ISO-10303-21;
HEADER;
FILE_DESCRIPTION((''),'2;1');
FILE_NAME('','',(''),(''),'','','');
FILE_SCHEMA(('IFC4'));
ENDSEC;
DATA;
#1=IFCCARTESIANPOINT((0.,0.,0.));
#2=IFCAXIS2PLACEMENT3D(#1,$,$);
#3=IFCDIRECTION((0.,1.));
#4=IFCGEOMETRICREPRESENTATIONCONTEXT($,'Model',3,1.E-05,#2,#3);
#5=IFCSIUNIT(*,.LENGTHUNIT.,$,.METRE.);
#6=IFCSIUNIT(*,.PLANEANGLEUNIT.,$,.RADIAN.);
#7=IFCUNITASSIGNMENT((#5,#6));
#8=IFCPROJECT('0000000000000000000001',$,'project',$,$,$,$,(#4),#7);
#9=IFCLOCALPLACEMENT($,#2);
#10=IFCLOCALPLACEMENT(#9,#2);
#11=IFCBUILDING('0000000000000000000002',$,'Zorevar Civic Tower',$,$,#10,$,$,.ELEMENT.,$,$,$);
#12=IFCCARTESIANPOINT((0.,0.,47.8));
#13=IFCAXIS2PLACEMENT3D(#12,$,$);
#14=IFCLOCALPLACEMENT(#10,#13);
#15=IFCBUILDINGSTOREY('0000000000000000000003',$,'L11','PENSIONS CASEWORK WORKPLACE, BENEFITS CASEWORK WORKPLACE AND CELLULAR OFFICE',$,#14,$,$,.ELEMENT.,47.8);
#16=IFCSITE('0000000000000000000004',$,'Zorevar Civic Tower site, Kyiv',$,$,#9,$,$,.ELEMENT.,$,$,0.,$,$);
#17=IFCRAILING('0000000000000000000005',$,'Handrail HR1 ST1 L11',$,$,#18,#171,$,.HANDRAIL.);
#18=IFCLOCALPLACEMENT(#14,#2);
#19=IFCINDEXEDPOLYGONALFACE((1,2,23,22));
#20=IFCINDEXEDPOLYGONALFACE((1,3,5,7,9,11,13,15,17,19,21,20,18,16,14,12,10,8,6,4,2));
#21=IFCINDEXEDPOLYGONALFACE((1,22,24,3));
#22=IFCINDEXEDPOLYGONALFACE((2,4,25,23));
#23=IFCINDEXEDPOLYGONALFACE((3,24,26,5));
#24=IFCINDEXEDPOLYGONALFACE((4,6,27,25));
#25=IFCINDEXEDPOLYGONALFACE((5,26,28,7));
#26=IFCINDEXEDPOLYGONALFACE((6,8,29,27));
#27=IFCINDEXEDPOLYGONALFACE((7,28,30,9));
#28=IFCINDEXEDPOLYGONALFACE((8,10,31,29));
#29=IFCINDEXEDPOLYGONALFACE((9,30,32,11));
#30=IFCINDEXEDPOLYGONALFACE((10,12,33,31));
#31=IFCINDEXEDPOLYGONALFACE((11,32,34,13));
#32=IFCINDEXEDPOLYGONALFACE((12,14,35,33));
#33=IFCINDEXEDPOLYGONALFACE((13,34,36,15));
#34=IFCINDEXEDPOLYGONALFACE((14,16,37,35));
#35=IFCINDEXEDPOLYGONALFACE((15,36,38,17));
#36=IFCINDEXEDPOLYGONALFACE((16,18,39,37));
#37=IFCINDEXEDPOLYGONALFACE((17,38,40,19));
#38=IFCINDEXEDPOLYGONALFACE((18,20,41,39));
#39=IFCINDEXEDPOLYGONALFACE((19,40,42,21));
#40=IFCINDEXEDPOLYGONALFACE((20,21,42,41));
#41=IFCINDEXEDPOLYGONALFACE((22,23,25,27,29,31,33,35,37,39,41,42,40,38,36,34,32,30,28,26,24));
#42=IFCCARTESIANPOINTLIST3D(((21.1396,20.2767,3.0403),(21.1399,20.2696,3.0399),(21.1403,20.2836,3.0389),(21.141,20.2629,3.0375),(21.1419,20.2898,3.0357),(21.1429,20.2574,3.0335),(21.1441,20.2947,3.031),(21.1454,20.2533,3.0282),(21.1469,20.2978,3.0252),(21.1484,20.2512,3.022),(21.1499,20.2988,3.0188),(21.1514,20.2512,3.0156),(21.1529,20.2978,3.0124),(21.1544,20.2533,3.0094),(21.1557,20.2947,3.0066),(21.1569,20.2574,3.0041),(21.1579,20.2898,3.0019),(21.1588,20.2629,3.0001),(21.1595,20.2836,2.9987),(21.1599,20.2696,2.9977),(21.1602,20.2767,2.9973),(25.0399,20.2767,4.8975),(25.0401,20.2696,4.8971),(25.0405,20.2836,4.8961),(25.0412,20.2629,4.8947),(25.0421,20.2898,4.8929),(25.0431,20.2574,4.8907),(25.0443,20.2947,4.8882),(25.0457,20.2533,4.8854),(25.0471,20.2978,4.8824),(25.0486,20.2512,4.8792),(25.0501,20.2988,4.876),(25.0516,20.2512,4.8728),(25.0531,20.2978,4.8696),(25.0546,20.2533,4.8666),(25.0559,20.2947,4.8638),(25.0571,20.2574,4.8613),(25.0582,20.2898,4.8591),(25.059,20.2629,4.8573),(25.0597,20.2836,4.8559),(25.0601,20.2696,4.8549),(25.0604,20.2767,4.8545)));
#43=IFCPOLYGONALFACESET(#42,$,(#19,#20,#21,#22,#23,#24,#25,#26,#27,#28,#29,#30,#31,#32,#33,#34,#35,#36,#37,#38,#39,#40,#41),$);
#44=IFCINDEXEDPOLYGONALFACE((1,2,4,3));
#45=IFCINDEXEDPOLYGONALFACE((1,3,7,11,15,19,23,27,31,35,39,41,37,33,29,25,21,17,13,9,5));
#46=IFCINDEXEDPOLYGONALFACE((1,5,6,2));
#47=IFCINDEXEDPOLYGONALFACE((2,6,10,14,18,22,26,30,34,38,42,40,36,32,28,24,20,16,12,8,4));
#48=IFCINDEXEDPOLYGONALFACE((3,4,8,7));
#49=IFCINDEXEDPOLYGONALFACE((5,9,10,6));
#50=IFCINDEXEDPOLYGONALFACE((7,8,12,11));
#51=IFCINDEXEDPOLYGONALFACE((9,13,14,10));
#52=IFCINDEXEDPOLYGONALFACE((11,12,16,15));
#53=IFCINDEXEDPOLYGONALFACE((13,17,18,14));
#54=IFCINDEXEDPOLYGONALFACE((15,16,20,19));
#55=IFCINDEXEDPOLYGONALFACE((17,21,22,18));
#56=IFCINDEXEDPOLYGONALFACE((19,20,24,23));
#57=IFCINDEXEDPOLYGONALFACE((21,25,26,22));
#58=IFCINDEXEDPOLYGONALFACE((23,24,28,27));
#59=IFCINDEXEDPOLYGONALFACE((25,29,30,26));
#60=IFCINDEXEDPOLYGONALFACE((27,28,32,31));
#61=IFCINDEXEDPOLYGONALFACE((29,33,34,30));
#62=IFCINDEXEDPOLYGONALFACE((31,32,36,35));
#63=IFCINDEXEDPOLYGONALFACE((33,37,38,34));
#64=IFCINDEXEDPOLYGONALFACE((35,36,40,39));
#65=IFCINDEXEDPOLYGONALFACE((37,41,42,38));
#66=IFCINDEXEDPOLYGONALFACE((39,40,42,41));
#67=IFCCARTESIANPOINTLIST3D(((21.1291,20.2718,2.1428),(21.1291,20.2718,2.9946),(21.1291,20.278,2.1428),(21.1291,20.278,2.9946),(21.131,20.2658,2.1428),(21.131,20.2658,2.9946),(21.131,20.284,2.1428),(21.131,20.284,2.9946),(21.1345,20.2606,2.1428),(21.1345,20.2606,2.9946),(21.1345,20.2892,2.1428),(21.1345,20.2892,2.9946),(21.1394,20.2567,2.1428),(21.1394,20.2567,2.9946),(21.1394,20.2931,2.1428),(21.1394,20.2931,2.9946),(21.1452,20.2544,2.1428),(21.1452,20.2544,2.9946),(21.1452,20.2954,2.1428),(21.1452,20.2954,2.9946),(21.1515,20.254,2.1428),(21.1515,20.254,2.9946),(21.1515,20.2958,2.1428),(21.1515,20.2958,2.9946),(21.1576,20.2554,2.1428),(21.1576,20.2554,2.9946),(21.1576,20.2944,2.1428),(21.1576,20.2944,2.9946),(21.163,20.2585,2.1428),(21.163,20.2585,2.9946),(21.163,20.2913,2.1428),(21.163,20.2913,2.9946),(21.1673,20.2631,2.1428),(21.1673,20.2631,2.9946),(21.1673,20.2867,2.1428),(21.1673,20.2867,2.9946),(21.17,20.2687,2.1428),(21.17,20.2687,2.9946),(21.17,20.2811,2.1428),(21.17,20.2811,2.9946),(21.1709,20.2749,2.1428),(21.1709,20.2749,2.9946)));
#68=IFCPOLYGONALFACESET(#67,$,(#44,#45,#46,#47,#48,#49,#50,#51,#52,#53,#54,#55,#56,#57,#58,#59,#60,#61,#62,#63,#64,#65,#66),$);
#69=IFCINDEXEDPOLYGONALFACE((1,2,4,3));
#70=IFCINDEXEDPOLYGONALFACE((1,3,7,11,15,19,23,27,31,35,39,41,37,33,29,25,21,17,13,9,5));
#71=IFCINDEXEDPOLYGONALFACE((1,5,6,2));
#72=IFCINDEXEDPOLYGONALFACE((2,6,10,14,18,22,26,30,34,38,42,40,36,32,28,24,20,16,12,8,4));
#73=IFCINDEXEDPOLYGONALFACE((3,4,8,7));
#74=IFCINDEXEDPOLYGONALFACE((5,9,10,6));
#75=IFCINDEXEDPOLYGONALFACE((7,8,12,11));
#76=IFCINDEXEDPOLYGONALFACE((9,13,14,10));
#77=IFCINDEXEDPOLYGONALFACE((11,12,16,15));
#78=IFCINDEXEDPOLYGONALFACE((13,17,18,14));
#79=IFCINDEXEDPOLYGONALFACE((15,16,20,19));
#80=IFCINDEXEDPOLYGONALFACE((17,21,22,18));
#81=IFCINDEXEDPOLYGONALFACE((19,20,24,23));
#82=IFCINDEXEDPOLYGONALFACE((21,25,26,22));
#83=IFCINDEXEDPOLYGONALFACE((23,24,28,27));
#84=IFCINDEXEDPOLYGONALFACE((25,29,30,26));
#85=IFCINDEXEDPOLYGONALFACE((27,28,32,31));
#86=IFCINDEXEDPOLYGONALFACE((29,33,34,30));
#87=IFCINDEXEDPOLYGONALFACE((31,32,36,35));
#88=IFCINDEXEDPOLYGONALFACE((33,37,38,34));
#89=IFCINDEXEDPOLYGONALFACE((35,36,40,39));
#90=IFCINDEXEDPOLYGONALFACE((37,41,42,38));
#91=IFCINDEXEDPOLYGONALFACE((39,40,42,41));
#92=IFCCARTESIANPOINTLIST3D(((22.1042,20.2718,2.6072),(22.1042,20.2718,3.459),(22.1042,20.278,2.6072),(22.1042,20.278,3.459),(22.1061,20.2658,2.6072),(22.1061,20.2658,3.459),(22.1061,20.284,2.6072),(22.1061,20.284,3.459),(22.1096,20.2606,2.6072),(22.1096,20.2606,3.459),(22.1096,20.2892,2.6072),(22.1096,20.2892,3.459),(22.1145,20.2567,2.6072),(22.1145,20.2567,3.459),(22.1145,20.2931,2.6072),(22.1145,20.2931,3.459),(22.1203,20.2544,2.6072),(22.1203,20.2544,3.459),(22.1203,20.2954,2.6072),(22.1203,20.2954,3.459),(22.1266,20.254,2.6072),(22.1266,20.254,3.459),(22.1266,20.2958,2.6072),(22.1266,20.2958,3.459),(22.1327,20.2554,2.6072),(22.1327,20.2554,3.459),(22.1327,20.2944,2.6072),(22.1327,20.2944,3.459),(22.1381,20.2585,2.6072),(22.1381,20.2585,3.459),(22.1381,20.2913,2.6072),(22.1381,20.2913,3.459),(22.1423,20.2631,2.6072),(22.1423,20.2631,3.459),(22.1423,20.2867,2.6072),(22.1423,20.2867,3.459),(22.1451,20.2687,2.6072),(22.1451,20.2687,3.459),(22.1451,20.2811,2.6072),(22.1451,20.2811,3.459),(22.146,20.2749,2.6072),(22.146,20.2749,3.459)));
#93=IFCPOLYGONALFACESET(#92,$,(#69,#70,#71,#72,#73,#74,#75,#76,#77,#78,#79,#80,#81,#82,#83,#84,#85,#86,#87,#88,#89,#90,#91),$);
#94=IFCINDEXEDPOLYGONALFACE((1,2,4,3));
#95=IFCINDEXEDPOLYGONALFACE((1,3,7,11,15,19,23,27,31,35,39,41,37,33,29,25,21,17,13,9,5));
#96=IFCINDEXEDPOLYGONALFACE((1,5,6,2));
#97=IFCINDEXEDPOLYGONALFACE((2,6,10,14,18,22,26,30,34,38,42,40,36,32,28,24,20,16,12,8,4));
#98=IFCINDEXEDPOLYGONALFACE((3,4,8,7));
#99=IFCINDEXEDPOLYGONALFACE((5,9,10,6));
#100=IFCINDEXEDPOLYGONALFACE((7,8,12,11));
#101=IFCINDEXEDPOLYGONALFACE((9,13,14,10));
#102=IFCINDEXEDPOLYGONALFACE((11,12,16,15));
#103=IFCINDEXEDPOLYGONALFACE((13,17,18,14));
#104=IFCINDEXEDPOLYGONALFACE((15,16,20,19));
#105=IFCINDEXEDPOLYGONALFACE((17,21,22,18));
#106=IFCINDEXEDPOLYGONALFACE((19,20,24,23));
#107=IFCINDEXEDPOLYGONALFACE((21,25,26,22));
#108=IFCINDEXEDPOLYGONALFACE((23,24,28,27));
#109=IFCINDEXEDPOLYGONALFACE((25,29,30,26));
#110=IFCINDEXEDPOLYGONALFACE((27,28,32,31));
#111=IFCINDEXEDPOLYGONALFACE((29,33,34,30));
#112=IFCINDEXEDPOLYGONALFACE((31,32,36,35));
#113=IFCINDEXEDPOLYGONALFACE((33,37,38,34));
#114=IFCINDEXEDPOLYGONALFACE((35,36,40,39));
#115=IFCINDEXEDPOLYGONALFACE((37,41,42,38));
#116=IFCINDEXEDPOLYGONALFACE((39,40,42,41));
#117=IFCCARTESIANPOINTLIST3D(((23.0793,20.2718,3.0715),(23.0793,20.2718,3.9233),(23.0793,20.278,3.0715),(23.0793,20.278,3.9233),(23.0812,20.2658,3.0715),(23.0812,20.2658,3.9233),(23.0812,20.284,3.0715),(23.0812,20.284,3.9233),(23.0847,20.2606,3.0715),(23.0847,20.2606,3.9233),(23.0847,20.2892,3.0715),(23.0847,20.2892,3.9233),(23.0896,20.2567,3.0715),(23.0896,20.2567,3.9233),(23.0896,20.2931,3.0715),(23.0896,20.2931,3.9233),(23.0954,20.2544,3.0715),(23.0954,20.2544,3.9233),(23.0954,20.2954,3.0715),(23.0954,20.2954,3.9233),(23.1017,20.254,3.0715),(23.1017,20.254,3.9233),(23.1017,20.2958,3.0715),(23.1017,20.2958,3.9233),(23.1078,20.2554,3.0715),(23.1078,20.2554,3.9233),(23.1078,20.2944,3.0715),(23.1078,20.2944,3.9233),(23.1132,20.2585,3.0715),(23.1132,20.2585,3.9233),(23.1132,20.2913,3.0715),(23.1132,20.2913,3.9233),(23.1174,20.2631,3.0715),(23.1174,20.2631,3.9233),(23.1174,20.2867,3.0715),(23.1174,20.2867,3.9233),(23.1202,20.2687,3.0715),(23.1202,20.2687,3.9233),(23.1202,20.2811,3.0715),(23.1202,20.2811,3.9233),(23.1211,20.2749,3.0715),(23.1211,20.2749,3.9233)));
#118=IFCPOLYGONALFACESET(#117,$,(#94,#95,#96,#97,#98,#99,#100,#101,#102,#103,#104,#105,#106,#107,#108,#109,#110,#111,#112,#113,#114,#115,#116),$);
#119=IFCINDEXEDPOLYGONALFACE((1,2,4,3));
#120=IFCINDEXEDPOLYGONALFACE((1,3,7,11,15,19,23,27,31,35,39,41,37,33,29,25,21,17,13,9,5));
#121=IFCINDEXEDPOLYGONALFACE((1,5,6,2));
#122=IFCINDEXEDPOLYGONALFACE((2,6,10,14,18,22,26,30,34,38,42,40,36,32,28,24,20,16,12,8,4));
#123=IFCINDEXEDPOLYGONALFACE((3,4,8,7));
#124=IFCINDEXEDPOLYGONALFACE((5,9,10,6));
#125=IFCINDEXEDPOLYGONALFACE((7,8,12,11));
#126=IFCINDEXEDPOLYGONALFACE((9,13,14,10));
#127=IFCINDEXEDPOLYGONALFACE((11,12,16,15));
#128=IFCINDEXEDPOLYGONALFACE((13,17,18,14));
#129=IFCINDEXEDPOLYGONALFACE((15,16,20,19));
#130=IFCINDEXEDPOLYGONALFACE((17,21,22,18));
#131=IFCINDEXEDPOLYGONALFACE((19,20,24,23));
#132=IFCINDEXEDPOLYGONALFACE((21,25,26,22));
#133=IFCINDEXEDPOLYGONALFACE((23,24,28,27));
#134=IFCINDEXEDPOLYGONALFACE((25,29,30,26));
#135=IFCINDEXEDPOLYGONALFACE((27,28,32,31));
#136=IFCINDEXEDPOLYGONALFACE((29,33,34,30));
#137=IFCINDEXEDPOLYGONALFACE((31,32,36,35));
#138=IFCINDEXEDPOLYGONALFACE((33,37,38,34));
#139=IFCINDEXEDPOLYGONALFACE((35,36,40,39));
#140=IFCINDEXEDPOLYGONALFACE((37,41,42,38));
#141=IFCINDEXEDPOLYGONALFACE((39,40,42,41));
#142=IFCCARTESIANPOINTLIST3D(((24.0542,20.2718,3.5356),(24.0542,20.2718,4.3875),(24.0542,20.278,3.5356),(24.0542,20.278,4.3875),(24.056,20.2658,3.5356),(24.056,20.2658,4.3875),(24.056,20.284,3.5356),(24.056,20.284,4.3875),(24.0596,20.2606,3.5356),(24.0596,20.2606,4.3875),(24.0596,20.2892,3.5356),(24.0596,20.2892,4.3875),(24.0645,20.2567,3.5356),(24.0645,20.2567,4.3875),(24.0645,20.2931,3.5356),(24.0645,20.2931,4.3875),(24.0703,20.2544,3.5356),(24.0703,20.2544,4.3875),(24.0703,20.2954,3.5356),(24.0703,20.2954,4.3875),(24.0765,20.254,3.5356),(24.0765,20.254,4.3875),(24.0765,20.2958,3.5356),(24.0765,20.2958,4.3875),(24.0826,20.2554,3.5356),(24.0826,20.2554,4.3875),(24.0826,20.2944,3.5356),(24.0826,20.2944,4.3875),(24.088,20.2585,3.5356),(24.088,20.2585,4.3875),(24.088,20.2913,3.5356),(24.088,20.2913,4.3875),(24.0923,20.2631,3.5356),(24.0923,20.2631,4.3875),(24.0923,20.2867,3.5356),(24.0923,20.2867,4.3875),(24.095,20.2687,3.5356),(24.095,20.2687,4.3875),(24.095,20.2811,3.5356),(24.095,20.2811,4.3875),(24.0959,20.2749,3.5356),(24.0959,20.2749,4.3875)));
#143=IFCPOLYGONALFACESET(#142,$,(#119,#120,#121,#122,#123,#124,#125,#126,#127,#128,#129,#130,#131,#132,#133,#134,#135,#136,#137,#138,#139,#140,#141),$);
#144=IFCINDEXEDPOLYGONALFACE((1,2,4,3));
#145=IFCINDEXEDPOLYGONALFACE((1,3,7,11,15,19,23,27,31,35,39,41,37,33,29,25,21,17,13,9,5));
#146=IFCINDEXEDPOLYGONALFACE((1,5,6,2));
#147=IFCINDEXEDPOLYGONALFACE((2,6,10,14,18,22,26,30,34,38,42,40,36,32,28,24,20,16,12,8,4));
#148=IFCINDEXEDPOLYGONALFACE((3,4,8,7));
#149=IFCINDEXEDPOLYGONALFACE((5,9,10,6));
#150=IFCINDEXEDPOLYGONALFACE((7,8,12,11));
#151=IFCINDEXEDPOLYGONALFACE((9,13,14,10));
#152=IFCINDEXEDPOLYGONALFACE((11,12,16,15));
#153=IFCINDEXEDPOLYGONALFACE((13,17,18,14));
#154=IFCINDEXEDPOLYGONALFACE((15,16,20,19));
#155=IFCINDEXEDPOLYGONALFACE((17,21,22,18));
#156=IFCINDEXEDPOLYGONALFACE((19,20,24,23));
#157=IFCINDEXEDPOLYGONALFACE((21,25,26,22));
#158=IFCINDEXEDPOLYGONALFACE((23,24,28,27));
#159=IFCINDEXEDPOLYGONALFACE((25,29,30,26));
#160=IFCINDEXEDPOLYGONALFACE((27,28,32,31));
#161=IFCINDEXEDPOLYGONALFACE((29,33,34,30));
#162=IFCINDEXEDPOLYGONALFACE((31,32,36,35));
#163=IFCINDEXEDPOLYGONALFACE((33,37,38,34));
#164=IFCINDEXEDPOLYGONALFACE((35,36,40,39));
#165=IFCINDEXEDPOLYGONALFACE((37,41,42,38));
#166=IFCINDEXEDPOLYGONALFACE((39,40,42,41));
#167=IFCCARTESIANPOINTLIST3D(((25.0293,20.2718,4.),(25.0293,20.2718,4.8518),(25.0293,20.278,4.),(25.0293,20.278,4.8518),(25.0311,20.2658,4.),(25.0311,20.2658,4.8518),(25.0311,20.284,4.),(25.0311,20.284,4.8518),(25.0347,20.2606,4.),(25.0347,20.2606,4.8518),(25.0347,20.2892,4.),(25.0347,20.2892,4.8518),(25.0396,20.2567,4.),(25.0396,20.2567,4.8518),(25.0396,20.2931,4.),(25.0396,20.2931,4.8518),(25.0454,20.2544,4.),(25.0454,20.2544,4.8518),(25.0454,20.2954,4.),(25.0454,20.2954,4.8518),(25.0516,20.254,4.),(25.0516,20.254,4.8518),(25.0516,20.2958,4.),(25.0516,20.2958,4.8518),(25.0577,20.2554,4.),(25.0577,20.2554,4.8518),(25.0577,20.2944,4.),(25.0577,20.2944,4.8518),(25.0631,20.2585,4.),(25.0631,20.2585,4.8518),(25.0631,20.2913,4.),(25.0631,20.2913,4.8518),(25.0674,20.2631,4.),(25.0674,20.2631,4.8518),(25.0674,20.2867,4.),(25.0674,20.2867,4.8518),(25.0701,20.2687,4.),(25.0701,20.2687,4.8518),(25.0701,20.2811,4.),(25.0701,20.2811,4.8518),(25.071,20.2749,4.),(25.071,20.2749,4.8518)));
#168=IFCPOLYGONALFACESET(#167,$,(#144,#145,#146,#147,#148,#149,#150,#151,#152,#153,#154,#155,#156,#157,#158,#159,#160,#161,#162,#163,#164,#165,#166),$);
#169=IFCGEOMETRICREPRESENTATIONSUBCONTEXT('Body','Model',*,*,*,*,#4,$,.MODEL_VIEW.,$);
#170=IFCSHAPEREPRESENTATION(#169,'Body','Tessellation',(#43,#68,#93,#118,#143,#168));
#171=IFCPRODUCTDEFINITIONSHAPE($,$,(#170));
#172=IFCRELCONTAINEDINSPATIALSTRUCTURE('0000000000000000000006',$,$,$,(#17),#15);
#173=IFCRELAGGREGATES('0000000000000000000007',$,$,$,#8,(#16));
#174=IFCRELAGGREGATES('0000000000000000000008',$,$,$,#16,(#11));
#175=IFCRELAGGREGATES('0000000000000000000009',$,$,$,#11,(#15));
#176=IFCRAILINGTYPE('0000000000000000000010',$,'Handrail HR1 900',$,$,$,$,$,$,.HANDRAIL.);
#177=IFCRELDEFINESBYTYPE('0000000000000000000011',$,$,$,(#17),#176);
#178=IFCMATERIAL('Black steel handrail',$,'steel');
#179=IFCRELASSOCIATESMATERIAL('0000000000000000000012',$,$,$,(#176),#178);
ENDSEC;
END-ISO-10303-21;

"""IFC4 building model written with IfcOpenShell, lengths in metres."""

from ifc_helpers import new_model, si_unit, direction, frame, origin, origin_2d, place, context, subcontext, project, spatial, circle, extrude, material, type_object, element, save


model = new_model("IFC4")

# Units and contexts
model_context = context("Model", 3, precision=1e-05, world=origin(), true_north=direction((0.0, 1.0)))
body_context = subcontext(model_context, "Body", "Model", "MODEL_VIEW")
ifc_project = project(units=[si_unit("LENGTHUNIT", "METRE"), si_unit("PLANEANGLEUNIT", "RADIAN")], contexts=[model_context])

# Site, building, storey
site_placement = place(None, origin())
site = spatial("IfcSite", under=ifc_project, at=site_placement, Name="Zorevar Civic Tower site, Kyiv", CompositionType="ELEMENT", RefElevation=0.0)
building_placement = place(site_placement, origin())
building = spatial("IfcBuilding", under=site, at=building_placement, Name="Zorevar Civic Tower", CompositionType="ELEMENT")
storey_placement = place(building_placement, frame((0.0, 0.0, 47.8)))
storey = spatial("IfcBuildingStorey", under=building, at=storey_placement, Name="L11", Description="PENSIONS CASEWORK WORKPLACE, BENEFITS CASEWORK WORKPLACE AND CELLULAR OFFICE", CompositionType="ELEMENT", Elevation=47.8)

# Railing
ifc_material_1 = material(Name="Black steel handrail", Category="steel")
railing_type = type_object("IfcRailingType", Name="Handrail HR1 900", PredefinedType="HANDRAIL", material=ifc_material_1)
railing_1_placement = place(storey_placement, frame((21.1499, 20.2749, 2.1428)))
element("IfcRailing", 1, at=railing_1_placement, inside=storey, type_object=railing_type, Name="Handrail HR1 ST1 L11", PredefinedType="HANDRAIL", context=body_context, shape_type="SweptSolid", body=[
    extrude(circle(Radius=0.0239, at=origin_2d()), frame((0.0, 0.0, 0.876), z_axis=(0.902864, 0.0, 0.429927), x_axis=(0.0, 1.0, 0.0)), (0.0, 0.0, 1.0), 4.3198),
    extrude(circle(Radius=0.021, at=origin_2d()), origin(), (0.0, 0.0, 1.0), 0.8518),
    extrude(circle(Radius=0.021, at=origin_2d()), frame((0.9751, 0.0, 0.4644)), (0.0, 0.0, 1.0), 0.8518),
    extrude(circle(Radius=0.021, at=origin_2d()), frame((1.9502, 0.0, 0.9287)), (0.0, 0.0, 1.0), 0.8518),
    extrude(circle(Radius=0.021, at=origin_2d()), frame((2.925, 0.0, 1.3928)), (0.0, 0.0, 1.0), 0.8518),
    extrude(circle(Radius=0.021, at=origin_2d()), frame((3.9001, 0.0, 1.8572)), (0.0, 0.0, 1.0), 0.8518),
])

save(model, "model.ifc")
